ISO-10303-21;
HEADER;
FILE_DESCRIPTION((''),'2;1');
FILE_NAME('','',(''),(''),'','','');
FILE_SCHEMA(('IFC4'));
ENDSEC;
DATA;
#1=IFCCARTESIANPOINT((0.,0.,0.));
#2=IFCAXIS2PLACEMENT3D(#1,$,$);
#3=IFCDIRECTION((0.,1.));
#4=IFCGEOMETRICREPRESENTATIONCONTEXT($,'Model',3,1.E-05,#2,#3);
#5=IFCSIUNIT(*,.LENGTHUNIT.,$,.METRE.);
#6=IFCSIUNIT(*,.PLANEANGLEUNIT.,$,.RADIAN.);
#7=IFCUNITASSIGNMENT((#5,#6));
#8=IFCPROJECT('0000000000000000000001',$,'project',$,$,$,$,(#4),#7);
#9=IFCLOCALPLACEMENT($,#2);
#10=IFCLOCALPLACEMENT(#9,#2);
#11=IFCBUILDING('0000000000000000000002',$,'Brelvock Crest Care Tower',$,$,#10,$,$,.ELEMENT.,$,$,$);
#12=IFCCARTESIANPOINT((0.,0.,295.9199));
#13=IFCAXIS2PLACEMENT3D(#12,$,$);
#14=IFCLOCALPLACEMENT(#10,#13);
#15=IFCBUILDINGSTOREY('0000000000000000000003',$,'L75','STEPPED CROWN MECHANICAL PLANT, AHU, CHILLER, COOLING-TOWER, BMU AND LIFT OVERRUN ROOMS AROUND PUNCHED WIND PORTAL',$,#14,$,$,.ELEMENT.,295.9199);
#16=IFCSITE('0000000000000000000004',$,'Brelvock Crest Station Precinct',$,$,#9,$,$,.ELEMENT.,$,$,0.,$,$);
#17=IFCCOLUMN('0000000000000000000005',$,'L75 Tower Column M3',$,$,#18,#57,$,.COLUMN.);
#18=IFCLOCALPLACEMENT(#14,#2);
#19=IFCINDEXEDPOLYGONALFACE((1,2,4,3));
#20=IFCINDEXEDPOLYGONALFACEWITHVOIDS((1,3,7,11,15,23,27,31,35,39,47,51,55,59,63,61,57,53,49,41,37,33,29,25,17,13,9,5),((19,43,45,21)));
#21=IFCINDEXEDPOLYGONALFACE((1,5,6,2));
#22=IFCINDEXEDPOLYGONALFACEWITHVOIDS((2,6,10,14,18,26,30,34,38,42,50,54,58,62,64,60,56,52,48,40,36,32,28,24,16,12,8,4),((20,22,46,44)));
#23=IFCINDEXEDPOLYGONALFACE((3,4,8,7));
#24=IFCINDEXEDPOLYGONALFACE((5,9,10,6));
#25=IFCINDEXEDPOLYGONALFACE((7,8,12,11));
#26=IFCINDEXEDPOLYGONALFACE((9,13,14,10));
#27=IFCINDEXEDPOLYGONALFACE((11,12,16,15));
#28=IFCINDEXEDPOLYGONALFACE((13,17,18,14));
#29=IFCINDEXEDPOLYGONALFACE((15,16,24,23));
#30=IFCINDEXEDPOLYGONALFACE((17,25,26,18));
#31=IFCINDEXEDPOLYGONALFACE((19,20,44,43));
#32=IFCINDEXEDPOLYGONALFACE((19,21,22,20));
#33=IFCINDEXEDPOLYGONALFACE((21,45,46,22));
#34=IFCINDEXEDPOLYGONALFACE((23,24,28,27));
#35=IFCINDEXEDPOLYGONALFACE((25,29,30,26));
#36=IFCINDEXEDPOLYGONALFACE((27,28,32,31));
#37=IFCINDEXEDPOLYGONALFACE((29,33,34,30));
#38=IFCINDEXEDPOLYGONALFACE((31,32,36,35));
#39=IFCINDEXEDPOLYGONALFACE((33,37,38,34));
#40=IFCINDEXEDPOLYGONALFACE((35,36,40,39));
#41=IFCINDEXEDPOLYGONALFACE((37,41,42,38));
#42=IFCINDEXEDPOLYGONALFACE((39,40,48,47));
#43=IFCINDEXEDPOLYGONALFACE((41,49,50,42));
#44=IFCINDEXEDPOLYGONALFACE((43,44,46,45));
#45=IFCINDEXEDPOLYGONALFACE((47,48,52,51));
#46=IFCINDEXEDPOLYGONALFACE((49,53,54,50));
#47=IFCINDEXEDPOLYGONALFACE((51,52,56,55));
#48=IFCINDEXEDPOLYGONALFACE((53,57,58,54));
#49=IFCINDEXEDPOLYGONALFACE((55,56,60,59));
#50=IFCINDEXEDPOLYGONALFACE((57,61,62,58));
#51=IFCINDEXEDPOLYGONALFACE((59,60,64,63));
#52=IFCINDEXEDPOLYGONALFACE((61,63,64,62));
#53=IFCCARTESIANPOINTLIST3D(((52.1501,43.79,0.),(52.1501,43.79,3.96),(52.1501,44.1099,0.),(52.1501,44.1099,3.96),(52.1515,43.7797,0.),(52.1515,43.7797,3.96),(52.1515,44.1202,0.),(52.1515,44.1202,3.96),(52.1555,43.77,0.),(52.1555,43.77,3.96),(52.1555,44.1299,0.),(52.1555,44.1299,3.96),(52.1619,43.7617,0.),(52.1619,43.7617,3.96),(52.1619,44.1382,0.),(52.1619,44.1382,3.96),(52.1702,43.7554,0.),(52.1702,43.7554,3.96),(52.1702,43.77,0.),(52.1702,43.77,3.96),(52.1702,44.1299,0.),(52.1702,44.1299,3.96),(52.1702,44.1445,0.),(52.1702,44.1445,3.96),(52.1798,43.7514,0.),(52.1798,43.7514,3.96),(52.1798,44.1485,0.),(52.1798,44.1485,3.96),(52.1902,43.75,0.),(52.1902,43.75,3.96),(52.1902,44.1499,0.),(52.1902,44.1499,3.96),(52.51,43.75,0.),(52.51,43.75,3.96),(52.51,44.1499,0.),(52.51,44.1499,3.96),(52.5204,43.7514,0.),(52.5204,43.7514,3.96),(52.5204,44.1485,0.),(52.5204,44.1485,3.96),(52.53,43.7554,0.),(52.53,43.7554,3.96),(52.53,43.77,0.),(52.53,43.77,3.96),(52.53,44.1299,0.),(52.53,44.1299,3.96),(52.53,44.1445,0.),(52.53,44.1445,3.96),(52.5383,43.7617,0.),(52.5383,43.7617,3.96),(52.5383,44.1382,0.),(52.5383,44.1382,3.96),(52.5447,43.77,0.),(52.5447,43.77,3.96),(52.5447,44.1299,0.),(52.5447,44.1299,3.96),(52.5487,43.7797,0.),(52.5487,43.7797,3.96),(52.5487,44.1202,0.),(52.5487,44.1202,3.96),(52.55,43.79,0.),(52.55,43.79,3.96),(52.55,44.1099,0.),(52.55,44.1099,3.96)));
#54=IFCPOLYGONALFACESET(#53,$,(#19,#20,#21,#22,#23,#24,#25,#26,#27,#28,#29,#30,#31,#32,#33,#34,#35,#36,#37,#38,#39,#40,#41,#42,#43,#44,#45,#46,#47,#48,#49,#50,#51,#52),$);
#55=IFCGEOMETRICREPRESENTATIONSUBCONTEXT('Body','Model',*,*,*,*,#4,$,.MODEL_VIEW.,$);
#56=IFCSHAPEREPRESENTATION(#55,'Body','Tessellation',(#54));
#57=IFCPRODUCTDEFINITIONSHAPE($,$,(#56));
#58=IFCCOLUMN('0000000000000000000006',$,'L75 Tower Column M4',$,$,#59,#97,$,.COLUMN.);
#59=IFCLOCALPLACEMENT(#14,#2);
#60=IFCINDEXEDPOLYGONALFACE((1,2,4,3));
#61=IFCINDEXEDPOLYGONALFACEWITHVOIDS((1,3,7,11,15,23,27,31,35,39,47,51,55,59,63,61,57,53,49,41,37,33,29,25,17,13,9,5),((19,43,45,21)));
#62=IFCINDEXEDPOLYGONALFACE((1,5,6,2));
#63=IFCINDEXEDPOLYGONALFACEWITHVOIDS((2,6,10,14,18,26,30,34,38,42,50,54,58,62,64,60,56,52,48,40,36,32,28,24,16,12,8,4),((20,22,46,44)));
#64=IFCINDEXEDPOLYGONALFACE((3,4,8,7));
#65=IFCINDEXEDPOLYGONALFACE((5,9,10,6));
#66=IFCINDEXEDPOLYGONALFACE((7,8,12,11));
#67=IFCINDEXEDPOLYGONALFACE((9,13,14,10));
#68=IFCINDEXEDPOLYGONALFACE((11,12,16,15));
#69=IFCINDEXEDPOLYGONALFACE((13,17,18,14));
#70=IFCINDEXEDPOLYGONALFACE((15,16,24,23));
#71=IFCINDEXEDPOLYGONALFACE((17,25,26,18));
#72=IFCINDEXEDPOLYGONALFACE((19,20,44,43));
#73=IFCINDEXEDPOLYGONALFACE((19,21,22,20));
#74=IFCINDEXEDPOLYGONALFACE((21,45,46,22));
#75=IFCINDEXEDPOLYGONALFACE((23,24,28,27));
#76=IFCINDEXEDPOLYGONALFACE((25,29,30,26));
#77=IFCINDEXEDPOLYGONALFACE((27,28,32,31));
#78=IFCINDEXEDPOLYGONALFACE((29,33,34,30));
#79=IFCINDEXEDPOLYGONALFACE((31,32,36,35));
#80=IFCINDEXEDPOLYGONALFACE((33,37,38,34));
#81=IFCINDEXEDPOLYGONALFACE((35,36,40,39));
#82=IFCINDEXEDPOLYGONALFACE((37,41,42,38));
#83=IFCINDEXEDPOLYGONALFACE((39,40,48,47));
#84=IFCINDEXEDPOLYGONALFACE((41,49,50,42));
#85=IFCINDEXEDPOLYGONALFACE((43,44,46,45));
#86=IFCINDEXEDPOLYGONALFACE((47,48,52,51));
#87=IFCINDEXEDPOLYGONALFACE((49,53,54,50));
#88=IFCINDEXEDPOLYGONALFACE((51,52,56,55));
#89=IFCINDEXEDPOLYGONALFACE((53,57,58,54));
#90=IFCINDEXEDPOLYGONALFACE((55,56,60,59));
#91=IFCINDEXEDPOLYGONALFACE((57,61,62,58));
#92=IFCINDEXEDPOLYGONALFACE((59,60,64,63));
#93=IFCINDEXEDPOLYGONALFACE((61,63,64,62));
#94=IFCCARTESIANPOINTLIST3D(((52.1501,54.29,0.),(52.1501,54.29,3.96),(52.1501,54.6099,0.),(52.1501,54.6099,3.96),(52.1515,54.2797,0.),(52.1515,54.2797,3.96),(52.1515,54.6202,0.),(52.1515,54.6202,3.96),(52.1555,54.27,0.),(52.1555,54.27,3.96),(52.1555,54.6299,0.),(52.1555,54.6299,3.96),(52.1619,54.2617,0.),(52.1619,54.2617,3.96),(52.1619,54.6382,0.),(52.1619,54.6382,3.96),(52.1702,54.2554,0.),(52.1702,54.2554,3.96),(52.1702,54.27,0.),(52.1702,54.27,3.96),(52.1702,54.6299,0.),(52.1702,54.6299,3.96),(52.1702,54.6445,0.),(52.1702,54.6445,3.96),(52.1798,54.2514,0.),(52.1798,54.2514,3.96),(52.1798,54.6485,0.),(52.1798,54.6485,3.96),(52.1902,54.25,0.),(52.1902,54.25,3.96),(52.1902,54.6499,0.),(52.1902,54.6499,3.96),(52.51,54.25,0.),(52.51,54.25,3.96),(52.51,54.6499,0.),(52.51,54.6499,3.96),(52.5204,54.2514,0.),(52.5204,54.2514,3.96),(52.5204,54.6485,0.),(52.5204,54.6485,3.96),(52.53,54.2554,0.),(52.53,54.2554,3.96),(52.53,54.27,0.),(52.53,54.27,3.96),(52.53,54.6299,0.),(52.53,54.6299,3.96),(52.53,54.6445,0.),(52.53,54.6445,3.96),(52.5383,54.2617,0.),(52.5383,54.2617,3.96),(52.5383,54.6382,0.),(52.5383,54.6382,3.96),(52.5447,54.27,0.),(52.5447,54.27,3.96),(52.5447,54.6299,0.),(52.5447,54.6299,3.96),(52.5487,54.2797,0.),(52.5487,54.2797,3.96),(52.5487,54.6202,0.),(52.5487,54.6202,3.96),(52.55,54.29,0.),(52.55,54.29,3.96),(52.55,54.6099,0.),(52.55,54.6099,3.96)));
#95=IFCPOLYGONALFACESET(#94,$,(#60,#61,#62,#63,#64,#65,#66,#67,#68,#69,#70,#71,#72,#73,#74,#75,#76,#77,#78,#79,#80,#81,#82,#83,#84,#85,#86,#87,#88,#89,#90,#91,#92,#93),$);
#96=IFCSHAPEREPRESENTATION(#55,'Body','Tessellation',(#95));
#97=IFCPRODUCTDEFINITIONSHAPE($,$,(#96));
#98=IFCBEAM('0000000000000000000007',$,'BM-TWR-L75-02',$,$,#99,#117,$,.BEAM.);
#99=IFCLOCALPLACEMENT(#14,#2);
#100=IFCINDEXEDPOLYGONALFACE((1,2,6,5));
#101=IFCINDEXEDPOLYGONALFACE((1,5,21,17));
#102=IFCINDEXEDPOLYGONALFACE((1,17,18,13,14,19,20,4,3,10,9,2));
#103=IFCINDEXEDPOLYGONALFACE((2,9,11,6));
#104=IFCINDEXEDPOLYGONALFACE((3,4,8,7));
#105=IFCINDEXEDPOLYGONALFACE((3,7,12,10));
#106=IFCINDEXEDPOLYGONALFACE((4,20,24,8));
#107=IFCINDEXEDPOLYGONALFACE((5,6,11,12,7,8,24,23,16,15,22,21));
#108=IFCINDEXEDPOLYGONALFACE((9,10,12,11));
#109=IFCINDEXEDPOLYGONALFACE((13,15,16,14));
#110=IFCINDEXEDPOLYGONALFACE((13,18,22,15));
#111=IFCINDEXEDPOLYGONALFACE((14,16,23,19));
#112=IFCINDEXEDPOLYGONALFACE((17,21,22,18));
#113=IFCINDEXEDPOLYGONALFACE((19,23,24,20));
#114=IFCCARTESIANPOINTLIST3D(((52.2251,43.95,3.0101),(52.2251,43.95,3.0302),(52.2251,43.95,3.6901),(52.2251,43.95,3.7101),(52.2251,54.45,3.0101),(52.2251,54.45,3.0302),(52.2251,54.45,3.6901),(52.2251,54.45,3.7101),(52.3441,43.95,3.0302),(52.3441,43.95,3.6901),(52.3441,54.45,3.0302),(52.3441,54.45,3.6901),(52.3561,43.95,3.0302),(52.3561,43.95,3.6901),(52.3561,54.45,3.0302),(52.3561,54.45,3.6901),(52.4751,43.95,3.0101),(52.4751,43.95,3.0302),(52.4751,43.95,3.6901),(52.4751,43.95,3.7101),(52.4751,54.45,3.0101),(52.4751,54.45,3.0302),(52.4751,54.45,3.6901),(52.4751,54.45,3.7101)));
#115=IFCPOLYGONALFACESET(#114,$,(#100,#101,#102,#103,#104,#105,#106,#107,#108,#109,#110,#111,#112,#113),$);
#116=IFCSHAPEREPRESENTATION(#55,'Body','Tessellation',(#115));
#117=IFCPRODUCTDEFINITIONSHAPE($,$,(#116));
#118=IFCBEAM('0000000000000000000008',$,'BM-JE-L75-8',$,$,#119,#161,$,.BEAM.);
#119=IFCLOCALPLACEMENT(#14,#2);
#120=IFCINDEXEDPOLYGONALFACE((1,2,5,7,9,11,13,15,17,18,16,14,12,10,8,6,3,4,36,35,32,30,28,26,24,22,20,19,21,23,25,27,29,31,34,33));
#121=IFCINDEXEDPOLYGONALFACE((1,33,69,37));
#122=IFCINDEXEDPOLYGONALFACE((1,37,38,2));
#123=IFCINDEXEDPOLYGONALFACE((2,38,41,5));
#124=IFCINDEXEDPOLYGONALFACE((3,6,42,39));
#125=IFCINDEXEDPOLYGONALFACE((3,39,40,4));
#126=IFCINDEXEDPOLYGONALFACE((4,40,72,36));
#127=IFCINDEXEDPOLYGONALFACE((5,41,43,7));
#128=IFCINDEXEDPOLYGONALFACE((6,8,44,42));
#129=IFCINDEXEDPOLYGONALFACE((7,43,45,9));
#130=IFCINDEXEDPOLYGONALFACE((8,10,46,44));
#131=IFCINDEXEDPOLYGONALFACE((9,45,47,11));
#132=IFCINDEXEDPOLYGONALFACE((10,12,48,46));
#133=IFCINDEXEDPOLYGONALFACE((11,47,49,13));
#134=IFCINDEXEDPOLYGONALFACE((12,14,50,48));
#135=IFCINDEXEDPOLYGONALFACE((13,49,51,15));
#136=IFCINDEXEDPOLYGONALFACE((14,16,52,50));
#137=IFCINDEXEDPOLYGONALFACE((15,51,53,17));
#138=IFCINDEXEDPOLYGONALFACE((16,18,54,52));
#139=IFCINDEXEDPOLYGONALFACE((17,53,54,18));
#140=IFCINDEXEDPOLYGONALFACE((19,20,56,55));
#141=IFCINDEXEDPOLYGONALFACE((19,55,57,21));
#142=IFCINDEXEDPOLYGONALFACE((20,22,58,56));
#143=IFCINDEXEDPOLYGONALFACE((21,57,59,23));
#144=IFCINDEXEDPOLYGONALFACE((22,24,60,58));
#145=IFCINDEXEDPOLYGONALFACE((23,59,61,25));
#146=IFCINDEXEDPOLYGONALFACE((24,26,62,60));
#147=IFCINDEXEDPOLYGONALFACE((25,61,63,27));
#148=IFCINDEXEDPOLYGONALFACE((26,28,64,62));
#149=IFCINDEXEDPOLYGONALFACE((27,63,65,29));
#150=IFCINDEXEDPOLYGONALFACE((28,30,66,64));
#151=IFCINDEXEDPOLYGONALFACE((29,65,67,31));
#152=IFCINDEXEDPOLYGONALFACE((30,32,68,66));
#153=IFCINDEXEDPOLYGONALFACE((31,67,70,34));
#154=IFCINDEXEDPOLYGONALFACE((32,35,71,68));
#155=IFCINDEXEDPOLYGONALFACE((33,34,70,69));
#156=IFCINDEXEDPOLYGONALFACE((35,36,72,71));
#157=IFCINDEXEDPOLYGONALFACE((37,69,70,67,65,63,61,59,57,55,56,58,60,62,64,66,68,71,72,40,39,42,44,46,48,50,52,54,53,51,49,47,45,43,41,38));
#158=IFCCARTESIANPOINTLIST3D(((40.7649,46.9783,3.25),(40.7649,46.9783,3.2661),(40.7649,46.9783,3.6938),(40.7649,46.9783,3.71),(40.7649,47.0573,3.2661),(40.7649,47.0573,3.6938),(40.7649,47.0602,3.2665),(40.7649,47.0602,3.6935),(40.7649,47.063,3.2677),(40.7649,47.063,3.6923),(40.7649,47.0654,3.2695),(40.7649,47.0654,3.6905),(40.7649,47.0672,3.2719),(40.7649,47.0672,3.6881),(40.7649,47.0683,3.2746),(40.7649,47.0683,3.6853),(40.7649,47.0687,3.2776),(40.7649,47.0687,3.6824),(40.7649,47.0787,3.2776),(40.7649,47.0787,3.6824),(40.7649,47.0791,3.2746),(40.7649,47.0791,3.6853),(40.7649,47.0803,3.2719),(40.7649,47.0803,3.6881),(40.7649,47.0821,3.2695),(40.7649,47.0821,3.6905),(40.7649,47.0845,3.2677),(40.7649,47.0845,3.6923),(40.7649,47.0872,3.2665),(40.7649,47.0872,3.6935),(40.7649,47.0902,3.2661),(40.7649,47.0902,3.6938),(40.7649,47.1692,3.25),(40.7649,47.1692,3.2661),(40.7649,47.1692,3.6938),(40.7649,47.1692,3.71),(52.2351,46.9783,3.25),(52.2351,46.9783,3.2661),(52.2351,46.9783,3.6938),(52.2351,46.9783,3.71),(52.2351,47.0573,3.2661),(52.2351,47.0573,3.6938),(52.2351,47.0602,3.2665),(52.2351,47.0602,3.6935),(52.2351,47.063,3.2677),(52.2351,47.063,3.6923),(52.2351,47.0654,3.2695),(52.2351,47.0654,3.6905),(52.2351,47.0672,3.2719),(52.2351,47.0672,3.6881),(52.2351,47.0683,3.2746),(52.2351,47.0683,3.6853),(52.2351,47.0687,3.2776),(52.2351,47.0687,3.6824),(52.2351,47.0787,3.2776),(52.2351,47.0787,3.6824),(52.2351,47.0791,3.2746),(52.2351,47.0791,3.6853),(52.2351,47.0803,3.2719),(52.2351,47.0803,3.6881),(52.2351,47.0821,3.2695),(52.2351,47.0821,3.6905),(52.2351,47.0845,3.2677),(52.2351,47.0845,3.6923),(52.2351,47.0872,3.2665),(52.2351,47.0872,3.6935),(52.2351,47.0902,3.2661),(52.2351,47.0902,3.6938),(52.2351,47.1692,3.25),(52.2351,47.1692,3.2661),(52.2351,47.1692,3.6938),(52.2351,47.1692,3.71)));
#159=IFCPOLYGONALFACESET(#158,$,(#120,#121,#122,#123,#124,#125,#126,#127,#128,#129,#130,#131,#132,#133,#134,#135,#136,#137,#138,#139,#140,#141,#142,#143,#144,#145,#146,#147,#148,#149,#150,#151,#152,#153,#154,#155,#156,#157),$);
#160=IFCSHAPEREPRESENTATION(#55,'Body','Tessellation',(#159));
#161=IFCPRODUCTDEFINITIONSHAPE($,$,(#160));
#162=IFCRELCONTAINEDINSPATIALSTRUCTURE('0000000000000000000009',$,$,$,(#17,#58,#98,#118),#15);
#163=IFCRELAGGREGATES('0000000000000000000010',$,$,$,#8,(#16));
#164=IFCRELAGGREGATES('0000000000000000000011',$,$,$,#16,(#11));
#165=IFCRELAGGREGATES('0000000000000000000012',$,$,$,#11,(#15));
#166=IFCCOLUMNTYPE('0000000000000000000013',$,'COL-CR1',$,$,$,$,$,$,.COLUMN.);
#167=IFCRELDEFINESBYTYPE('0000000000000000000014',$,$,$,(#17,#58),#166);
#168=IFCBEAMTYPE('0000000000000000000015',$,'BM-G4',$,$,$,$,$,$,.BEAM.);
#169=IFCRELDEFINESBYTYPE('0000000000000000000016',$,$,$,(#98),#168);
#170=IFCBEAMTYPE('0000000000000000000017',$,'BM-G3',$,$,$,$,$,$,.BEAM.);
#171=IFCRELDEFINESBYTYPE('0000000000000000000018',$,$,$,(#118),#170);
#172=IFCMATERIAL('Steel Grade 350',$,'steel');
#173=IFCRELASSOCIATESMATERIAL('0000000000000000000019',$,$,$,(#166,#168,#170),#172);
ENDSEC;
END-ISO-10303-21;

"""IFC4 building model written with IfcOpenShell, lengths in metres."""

from ifc_helpers import new_model, si_unit, direction, frame, origin, origin_2d, place, context, subcontext, project, spatial, hollow_rectangle, i_section, extrude, source, transform, mapped, material, material_profile, profile_set, type_object, element, save


model = new_model("IFC4")

# Units and contexts
model_context = context("Model", 3, precision=1e-05, world=origin(), true_north=direction((0.0, 1.0)))
body_context = subcontext(model_context, "Body", "Model", "MODEL_VIEW")
ifc_project = project(units=[si_unit("LENGTHUNIT", "METRE"), si_unit("PLANEANGLEUNIT", "RADIAN")], contexts=[model_context])

# Site, building, storey
site_placement = place(None, origin())
site = spatial("IfcSite", under=ifc_project, at=site_placement, Name="Brelvock Crest Station Precinct", CompositionType="ELEMENT", RefElevation=0.0)
building_placement = place(site_placement, origin())
building = spatial("IfcBuilding", under=site, at=building_placement, Name="Brelvock Crest Care Tower", CompositionType="ELEMENT")
storey_placement = place(building_placement, frame((0.0, 0.0, 295.9199)))
storey = spatial("IfcBuildingStorey", under=building, at=storey_placement, Name="L75", Description="STEPPED CROWN MECHANICAL PLANT, AHU, CHILLER, COOLING-TOWER, BMU AND LIFT OVERRUN ROOMS AROUND PUNCHED WIND PORTAL", CompositionType="ELEMENT", Elevation=295.9199)

# Columns
ifc_material_1 = material(Name="Steel Grade 350", Category="steel")
ifc_material_profile_1 = material_profile(ifc_material_1, hollow_rectangle(XDim=0.3999, YDim=0.3999, WallThickness=0.02, OuterFilletRadius=0.04, at=origin_2d()), Name="SHS400x400x20.0")
ifc_profile_set_1 = profile_set([ifc_material_profile_1], Name="Steel Grade 350")
column_type = type_object("IfcColumnType", Name="COL-CR1", PredefinedType="COLUMN", material=ifc_profile_set_1)
shared_shape_1 = source(origin(), body_context, "Body", "SweptSolid", [
    extrude(hollow_rectangle(XDim=0.3999, YDim=0.3999, WallThickness=0.02, OuterFilletRadius=0.04, at=origin_2d()), origin(), (0.0, 0.0, 1.0), 3.96),
])
for number, where, z_axis, x_axis, name in (
    (1, (52.3501, 43.95, 0.0), (0.0, 0.0, 1.0), (1.0, 0.0, 0.0), "L75 Tower Column M3"),
    (2, (52.3501, 54.45, 0.0), (0.0, 0.0, 1.0), (1.0, 0.0, 0.0), "L75 Tower Column M4"),
):
    element("IfcColumn", number, at=place(storey_placement, frame(where, z_axis=z_axis, x_axis=x_axis)), inside=storey, type_object=column_type, Name=name, PredefinedType="COLUMN", context=body_context, shape_type="MappedRepresentation", body=[
        mapped(shared_shape_1, transform((0.0, 0.0, 0.0), x_axis=(1.0, 0.0, 0.0), y_axis=(0.0, 1.0, 0.0), z_axis=(0.0, 0.0, 1.0), scale=1.0)),
    ])

# Beams
ifc_material_profile_2 = material_profile(ifc_material_1, i_section(OverallWidth=0.25, OverallDepth=0.7, WebThickness=0.012, FlangeThickness=0.02, at=origin_2d()), Name="700WB150")
ifc_profile_set_2 = profile_set([ifc_material_profile_2], Name="Steel Grade 350")
beam_type_1 = type_object("IfcBeamType", Name="BM-G4", PredefinedType="BEAM", material=ifc_profile_set_2)
shared_shape_2 = source(origin(), body_context, "Body", "SweptSolid", [
    extrude(i_section(OverallWidth=0.25, OverallDepth=0.7, WebThickness=0.012, FlangeThickness=0.02, at=origin_2d()), origin(), (0.0, 0.0, 1.0), 10.5),
])
beam_placement = place(storey_placement, frame((52.3501, 43.95, 3.3601), z_axis=(0.0, 1.0, 0.0), x_axis=(-1.0, 0.0, 0.0)))
element("IfcBeam", 3, at=beam_placement, inside=storey, type_object=beam_type_1, Name="BM-TWR-L75-02", PredefinedType="BEAM", context=body_context, shape_type="MappedRepresentation", body=[
    mapped(shared_shape_2, transform((0.0, 0.0, 0.0), x_axis=(1.0, 0.0, 0.0), y_axis=(0.0, 1.0, 0.0), z_axis=(0.0, 0.0, 1.0), scale=1.0)),
])
ifc_material_profile_3 = material_profile(ifc_material_1, i_section(OverallWidth=0.1909, OverallDepth=0.46, WebThickness=0.01, FlangeThickness=0.0161, FilletRadius=0.0115, at=origin_2d()), Name="460UB82.1")
ifc_profile_set_3 = profile_set([ifc_material_profile_3], Name="Steel Grade 350")
beam_type_2 = type_object("IfcBeamType", Name="BM-G3", PredefinedType="BEAM", material=ifc_profile_set_3)
shared_shape_3 = source(origin(), body_context, "Body", "SweptSolid", [
    extrude(i_section(OverallWidth=0.1909, OverallDepth=0.46, WebThickness=0.01, FlangeThickness=0.0161, FilletRadius=0.0115, at=origin_2d()), origin(), (0.0, 0.0, 1.0), 11.4702),
])
for number, where, z_axis, x_axis, name in (
    (4, (40.7649, 47.0737, 3.48), (1.0, 0.0, 0.0), (0.0, 1.0, 0.0), "BM-JE-L75-8"),
):
    element("IfcBeam", number, at=place(storey_placement, frame(where, z_axis=z_axis, x_axis=x_axis)), inside=storey, type_object=beam_type_2, Name=name, PredefinedType="BEAM", context=body_context, shape_type="MappedRepresentation", body=[
        mapped(shared_shape_3, transform((0.0, 0.0, 0.0), x_axis=(1.0, 0.0, 0.0), y_axis=(0.0, 1.0, 0.0), z_axis=(0.0, 0.0, 1.0), scale=1.0)),
    ])

save(model, "model.ifc")
